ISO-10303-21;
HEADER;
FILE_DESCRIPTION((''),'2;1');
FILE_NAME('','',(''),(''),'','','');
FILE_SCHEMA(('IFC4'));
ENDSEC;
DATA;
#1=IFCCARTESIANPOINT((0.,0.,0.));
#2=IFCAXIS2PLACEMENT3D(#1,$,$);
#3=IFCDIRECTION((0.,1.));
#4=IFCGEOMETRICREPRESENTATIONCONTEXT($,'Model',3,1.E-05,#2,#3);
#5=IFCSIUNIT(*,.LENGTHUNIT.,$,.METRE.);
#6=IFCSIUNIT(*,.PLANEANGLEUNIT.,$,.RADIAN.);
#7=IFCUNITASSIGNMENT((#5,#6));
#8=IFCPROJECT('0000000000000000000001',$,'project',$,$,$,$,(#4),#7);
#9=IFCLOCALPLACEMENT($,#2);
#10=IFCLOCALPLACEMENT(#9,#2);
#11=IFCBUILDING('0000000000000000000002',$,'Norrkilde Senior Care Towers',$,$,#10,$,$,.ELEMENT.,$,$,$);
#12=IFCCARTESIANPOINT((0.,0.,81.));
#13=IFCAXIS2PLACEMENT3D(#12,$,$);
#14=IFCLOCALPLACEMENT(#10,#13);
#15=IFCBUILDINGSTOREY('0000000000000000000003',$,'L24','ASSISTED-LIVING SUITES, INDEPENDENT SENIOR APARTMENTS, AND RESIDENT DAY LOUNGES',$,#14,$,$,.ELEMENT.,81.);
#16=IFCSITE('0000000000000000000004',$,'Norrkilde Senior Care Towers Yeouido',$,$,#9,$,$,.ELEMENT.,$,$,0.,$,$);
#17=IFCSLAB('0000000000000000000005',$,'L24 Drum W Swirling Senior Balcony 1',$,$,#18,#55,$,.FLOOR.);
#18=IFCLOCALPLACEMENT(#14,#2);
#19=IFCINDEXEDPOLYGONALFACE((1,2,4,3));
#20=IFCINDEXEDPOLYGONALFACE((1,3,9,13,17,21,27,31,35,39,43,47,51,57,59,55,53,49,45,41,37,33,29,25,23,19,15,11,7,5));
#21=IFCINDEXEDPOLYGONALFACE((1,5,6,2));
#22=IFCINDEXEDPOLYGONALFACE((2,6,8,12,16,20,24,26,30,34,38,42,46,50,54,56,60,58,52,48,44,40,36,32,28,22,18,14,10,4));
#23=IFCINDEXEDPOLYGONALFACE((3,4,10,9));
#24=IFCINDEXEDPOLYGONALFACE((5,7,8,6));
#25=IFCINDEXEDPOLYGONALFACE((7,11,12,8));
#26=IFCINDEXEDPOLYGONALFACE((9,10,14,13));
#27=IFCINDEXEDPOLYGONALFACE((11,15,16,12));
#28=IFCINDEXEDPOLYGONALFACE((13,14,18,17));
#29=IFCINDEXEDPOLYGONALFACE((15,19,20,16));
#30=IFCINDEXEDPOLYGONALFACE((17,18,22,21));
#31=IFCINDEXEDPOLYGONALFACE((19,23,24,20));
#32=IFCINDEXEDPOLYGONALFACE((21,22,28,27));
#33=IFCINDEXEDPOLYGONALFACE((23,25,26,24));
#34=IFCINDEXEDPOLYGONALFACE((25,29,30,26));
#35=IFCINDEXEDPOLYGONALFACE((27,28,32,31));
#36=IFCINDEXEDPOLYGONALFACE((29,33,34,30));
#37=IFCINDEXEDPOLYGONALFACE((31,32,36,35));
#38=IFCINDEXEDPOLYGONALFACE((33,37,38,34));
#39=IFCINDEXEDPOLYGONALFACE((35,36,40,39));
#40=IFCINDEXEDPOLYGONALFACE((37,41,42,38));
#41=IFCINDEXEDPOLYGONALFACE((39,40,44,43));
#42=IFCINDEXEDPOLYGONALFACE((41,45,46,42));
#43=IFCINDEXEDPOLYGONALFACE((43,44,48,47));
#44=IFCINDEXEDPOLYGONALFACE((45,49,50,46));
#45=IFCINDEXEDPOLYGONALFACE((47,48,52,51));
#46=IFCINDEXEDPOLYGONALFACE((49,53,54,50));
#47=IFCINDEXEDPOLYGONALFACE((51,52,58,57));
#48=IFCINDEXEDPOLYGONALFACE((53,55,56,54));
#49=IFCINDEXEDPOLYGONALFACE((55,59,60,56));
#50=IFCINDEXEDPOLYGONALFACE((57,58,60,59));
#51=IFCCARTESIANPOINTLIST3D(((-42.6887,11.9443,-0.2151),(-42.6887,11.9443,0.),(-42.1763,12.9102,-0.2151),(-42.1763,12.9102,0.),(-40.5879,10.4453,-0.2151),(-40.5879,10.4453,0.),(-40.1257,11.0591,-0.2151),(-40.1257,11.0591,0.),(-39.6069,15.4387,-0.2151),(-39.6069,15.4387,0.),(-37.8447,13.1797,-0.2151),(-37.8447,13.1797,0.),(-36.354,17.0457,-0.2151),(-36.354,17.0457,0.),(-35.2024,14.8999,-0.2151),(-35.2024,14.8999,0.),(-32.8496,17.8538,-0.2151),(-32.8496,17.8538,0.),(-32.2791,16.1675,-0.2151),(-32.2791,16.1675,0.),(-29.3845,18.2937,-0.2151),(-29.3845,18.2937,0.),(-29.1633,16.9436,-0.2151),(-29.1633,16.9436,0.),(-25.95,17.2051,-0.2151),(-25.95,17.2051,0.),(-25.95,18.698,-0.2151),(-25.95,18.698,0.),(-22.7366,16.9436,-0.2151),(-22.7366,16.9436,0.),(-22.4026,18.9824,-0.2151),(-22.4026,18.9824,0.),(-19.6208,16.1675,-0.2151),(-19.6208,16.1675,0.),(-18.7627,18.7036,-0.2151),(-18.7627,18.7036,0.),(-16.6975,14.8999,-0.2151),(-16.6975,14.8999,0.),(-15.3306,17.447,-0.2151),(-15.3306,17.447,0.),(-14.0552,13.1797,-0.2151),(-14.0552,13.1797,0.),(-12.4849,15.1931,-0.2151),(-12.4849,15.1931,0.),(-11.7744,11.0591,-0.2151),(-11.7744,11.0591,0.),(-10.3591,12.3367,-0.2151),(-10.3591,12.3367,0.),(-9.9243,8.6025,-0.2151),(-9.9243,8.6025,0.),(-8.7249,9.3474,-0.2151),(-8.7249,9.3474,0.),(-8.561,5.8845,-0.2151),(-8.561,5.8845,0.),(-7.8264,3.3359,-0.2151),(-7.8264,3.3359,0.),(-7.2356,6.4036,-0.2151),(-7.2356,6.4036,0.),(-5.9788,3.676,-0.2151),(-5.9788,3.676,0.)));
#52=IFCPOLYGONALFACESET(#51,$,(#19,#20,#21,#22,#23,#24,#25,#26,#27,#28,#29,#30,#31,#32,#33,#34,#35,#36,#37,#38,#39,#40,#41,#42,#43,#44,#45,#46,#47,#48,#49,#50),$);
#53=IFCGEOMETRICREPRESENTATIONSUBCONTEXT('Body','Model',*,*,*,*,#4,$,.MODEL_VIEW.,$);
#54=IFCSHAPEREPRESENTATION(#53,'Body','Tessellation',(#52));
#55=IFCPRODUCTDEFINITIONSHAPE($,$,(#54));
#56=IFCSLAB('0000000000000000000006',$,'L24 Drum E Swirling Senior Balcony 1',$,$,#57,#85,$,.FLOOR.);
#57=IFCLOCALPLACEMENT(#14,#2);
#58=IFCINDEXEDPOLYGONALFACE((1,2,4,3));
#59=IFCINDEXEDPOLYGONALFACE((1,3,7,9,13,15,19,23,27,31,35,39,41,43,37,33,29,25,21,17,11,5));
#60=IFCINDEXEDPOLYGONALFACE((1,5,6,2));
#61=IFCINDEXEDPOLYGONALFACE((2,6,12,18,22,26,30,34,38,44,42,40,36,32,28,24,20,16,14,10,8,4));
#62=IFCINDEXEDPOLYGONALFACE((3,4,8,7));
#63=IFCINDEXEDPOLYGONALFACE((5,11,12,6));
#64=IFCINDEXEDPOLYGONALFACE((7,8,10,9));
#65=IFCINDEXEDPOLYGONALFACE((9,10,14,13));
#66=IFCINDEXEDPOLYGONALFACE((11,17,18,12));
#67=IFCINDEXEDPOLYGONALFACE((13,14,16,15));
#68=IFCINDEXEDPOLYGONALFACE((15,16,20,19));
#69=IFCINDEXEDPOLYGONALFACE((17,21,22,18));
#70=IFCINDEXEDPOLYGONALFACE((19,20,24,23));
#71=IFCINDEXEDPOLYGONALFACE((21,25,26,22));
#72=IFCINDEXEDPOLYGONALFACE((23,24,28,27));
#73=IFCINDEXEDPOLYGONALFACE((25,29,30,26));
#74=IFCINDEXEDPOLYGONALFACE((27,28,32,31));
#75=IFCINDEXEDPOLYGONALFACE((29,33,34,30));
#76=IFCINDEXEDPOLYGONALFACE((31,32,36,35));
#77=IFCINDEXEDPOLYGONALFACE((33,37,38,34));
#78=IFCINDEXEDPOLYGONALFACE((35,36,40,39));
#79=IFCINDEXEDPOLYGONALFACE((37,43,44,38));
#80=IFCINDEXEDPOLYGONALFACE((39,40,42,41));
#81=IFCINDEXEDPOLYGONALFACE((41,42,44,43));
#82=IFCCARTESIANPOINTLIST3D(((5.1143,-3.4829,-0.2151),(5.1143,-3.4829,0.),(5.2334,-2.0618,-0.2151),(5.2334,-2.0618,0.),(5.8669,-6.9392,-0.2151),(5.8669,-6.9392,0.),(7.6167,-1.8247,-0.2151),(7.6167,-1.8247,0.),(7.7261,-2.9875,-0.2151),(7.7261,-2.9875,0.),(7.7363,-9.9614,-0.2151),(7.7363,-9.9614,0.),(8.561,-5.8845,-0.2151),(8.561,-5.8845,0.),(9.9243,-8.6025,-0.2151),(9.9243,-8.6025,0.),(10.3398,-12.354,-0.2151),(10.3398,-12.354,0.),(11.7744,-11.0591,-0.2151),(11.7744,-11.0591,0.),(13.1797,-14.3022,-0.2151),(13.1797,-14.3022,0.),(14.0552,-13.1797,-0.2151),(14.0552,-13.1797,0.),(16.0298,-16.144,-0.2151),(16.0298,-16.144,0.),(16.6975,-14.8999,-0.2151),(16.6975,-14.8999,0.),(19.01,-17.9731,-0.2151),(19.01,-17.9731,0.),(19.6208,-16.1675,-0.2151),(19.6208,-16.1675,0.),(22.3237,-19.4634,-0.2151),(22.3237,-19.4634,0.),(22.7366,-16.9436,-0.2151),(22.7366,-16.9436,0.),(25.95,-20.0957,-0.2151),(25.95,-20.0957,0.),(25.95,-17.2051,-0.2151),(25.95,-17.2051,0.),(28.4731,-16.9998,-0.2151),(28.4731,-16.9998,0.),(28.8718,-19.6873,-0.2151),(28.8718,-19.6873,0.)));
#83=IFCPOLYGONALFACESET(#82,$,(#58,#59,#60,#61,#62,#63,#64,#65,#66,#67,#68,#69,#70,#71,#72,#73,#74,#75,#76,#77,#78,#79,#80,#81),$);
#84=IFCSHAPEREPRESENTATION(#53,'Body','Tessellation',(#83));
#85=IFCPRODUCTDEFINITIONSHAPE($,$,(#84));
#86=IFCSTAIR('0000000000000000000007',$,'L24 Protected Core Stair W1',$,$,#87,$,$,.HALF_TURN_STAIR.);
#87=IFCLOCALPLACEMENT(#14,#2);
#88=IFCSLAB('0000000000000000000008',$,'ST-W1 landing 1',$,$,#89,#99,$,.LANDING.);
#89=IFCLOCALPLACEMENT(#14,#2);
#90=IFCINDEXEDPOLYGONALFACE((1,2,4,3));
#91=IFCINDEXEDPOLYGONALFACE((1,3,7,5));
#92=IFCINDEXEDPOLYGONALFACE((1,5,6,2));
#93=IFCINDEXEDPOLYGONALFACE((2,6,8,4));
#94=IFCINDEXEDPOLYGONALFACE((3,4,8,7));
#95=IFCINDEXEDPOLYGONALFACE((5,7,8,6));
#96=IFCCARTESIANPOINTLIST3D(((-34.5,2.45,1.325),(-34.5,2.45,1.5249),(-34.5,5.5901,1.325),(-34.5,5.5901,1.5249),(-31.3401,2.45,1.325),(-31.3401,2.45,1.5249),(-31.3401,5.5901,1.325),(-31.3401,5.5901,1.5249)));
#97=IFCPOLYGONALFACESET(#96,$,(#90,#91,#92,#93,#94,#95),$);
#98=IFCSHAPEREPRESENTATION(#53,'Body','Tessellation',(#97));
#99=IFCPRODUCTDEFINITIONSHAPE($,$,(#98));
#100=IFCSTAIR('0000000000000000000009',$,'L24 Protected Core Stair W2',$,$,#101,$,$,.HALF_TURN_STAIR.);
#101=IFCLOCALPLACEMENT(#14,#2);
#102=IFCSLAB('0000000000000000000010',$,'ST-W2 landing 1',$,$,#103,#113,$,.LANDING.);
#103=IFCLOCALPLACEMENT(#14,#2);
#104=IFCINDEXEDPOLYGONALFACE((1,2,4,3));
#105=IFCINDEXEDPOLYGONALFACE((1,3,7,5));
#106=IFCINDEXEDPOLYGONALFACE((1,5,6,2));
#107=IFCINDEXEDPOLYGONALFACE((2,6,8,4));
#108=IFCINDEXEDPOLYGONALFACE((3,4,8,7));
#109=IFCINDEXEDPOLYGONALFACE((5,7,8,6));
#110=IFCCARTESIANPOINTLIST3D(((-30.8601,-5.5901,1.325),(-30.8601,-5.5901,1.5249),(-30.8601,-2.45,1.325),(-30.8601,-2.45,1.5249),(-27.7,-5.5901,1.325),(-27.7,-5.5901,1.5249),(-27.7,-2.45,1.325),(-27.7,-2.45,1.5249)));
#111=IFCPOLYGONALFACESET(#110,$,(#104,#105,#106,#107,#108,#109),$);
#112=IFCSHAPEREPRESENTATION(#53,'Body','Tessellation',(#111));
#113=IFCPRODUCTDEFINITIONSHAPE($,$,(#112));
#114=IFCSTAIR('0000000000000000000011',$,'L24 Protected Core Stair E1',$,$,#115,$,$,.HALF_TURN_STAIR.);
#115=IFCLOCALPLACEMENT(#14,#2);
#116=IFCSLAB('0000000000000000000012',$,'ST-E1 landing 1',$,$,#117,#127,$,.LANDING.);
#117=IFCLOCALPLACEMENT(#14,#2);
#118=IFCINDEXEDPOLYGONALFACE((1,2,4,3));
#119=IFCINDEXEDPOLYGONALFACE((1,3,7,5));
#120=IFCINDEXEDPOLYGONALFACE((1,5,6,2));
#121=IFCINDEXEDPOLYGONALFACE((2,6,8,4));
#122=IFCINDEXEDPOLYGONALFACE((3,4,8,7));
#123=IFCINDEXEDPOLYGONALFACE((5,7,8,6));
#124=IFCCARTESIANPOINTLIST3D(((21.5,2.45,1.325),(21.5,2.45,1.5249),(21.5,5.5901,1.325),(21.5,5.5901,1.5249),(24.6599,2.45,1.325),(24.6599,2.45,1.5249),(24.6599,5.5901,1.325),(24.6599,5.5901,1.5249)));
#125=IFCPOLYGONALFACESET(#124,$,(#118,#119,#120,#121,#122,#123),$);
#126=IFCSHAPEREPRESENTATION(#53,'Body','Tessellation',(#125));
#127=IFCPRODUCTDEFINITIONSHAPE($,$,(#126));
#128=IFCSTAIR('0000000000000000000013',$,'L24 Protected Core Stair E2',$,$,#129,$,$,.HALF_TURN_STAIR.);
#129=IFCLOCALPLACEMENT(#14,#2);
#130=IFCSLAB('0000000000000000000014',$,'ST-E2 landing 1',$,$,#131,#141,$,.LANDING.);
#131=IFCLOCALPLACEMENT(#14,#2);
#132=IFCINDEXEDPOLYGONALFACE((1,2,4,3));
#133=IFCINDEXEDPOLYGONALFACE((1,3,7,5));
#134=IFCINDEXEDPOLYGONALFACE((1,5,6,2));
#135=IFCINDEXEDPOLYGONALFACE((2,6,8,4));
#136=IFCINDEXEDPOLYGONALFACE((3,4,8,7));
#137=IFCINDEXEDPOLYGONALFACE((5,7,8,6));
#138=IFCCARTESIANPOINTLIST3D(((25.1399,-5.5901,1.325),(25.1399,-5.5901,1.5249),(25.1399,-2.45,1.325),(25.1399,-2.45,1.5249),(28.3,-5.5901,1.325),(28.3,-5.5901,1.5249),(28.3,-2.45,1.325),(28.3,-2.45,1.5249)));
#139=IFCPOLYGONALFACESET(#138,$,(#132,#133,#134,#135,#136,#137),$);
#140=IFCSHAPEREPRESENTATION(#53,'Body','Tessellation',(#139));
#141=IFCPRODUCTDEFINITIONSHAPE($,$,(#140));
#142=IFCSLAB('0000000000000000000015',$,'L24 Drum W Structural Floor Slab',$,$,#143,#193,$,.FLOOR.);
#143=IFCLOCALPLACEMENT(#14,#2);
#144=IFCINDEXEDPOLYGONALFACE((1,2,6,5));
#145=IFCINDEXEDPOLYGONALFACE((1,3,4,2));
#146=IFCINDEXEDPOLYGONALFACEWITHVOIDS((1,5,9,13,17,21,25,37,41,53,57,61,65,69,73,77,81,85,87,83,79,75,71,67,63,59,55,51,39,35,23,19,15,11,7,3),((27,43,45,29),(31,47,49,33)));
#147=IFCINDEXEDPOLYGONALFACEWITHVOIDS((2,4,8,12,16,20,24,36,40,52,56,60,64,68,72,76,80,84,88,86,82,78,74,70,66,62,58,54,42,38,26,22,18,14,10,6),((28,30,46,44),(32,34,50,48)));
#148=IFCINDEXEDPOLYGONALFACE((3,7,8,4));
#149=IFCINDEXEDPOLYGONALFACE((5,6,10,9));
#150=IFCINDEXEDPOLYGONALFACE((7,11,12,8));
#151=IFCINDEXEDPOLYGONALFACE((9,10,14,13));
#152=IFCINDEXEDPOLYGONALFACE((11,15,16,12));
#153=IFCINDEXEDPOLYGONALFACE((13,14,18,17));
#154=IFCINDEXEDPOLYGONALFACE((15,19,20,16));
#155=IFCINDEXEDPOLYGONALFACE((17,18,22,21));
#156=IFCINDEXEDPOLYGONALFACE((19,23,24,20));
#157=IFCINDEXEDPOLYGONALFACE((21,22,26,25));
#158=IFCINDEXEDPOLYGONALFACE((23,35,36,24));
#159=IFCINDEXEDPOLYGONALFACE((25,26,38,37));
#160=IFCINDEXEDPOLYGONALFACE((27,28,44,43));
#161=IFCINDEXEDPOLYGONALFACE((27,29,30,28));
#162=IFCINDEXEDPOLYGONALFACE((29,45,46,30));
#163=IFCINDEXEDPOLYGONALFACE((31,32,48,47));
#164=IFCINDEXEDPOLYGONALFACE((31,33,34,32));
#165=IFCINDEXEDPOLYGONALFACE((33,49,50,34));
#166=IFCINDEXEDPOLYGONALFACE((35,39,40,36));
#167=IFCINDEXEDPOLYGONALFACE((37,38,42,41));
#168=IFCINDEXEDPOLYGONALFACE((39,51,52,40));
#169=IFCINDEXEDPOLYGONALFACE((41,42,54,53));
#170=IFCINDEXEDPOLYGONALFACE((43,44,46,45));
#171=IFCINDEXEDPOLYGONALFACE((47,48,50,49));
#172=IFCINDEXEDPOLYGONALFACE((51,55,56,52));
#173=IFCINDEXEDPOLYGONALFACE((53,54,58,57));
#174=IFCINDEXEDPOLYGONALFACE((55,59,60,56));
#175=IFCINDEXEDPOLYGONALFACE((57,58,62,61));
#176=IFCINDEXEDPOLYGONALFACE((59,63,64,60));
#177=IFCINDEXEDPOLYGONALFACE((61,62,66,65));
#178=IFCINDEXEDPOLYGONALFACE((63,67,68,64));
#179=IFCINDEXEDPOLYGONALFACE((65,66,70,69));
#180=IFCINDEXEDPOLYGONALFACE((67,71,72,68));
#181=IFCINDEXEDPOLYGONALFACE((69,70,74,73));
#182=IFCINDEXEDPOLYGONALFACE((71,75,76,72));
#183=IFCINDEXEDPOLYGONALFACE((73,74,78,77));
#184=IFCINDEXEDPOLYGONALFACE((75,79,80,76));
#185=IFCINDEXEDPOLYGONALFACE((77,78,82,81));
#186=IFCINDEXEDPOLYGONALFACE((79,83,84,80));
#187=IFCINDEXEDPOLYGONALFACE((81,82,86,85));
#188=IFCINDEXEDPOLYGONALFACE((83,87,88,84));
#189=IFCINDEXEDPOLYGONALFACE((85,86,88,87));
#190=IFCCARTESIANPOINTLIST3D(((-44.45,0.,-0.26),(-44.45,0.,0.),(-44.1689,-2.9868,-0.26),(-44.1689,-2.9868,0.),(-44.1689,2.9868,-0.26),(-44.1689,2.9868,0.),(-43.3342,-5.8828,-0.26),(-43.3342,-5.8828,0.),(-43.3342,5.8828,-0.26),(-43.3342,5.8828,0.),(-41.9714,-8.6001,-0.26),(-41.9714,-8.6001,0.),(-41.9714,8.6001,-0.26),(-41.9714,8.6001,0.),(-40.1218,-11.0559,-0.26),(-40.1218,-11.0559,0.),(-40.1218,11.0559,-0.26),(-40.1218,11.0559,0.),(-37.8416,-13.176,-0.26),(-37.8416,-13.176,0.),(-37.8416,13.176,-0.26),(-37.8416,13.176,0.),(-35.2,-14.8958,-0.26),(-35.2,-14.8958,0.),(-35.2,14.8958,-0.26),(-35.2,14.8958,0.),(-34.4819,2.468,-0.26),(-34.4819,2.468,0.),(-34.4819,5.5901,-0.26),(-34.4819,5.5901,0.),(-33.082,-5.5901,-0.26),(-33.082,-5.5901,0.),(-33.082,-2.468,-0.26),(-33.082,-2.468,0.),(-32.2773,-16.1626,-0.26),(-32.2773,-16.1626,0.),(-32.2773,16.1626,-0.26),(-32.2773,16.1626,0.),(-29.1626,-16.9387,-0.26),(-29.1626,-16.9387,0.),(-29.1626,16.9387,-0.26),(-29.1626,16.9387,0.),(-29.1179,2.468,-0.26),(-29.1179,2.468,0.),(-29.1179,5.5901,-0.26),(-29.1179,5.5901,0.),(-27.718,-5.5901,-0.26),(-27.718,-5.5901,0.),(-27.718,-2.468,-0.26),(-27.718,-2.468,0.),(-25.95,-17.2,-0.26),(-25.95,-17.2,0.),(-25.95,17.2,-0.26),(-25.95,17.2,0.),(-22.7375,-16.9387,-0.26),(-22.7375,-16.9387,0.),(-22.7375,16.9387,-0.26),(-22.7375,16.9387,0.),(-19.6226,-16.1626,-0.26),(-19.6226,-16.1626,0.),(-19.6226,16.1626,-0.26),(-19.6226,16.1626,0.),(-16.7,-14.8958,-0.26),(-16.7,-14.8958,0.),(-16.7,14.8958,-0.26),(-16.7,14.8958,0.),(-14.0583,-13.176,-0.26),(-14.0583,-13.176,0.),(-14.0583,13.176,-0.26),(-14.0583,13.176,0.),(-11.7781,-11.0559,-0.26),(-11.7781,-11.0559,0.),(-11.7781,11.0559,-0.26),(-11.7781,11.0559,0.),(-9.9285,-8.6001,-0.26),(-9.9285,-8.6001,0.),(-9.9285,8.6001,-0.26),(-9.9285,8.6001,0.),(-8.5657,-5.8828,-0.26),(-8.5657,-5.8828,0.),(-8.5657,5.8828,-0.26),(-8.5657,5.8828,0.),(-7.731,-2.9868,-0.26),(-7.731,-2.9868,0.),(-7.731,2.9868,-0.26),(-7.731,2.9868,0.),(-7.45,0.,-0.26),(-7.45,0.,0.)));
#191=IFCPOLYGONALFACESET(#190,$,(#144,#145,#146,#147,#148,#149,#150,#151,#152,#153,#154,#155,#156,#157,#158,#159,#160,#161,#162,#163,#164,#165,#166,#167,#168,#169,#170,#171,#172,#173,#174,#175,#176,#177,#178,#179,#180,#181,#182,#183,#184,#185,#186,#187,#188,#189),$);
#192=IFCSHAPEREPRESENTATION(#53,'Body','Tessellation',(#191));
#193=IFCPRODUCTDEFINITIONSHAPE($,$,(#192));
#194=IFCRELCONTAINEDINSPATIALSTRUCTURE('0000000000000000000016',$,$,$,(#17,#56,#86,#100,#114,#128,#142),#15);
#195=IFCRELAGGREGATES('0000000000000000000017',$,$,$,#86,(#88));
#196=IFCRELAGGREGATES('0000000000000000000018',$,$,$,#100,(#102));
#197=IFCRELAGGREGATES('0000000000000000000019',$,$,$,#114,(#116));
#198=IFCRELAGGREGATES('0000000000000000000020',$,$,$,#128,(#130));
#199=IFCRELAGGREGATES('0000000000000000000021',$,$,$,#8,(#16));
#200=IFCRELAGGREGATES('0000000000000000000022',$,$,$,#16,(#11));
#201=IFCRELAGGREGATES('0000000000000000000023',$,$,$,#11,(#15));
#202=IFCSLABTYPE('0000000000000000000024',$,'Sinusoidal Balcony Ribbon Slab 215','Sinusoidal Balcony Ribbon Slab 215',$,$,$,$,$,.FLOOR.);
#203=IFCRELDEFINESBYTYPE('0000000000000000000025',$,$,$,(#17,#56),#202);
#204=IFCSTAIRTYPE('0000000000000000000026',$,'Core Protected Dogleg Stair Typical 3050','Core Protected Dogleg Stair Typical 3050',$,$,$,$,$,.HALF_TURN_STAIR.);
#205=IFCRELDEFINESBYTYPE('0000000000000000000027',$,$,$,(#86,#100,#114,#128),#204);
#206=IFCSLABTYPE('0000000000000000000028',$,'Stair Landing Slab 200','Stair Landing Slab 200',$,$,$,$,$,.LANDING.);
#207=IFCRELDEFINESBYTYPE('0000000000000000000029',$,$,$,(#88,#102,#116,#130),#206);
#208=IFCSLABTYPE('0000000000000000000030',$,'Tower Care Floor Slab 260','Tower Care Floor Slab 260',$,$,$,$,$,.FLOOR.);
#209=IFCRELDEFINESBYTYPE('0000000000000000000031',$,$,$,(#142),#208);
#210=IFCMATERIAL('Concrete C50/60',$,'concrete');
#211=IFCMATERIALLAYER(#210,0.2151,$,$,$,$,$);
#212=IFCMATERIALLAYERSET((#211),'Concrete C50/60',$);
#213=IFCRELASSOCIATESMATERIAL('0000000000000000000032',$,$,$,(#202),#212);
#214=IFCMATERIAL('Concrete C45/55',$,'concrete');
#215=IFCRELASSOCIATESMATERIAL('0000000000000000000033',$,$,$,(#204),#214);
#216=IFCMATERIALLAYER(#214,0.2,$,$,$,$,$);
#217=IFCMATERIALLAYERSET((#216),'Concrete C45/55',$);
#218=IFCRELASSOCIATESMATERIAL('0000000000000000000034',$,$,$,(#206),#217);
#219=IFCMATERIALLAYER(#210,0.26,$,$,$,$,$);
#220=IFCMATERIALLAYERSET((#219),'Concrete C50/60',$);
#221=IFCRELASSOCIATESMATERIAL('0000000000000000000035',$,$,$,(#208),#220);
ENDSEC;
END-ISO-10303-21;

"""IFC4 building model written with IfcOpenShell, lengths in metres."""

from ifc_helpers import new_model, si_unit, direction, frame, origin, place, context, subcontext, project, spatial, polyline, outline, extrude, material, layer, layer_set, type_object, element, aggregate, save


model = new_model("IFC4")

# Units and contexts
model_context = context("Model", 3, precision=1e-05, world=origin(), true_north=direction((0.0, 1.0)))
body_context = subcontext(model_context, "Body", "Model", "MODEL_VIEW")
ifc_project = project(units=[si_unit("LENGTHUNIT", "METRE"), si_unit("PLANEANGLEUNIT", "RADIAN")], contexts=[model_context])

# Site, building, storey
site_placement = place(None, origin())
site = spatial("IfcSite", under=ifc_project, at=site_placement, Name="Norrkilde Senior Care Towers Yeouido", CompositionType="ELEMENT", RefElevation=0.0)
building_placement = place(site_placement, origin())
building = spatial("IfcBuilding", under=site, at=building_placement, Name="Norrkilde Senior Care Towers", CompositionType="ELEMENT")
storey_placement = place(building_placement, frame((0.0, 0.0, 81.0)))
storey = spatial("IfcBuildingStorey", under=building, at=storey_placement, Name="L24", Description="ASSISTED-LIVING SUITES, INDEPENDENT SENIOR APARTMENTS, AND RESIDENT DAY LOUNGES", CompositionType="ELEMENT", Elevation=81.0)

# Slabs
ifc_material_1 = material(Name="Concrete C50/60", Category="concrete")
ifc_layer_1 = layer(ifc_material_1, 0.2151)
ifc_layer_set_1 = layer_set([ifc_layer_1], Name="Concrete C50/60")
slab_type_1 = type_object("IfcSlabType", Name="Sinusoidal Balcony Ribbon Slab 215", Description="Sinusoidal Balcony Ribbon Slab 215", PredefinedType="FLOOR", material=ifc_layer_set_1)
slab_1_placement = place(storey_placement, frame((0.0, 0.0, -0.2151)))
element("IfcSlab", 1, at=slab_1_placement, inside=storey, type_object=slab_type_1, Name="L24 Drum W Swirling Senior Balcony 1", PredefinedType="FLOOR", context=body_context, shape_type="SweptSolid", body=[
    extrude(outline(polyline([(-39.6069, 15.4387), (-36.354, 17.0457), (-32.8496, 17.8538), (-29.3845, 18.2937), (-25.95, 18.698), (-22.4026, 18.9824), (-18.7627, 18.7036), (-15.3306, 17.447), (-12.4849, 15.1931), (-10.3591, 12.3367), (-8.7249, 9.3474), (-7.2356, 6.4036), (-5.9788, 3.676), (-7.8264, 3.3359), (-8.561, 5.8845), (-9.9243, 8.6025), (-11.7744, 11.0591), (-14.0552, 13.1797), (-16.6975, 14.8999), (-19.6208, 16.1675), (-22.7366, 16.9436), (-25.95, 17.2051), (-29.1633, 16.9436), (-32.2791, 16.1675), (-35.2024, 14.8999), (-37.8447, 13.1797), (-40.1257, 11.0591), (-40.5879, 10.4453), (-42.6887, 11.9443), (-42.1763, 12.9102), (-39.6069, 15.4387)])), origin(), (0.0, 0.0, 1.0), 0.2151),
])
slab_2_placement = place(storey_placement, frame((0.0, 0.0, -0.2151)))
element("IfcSlab", 2, at=slab_2_placement, inside=storey, type_object=slab_type_1, Name="L24 Drum E Swirling Senior Balcony 1", PredefinedType="FLOOR", context=body_context, shape_type="SweptSolid", body=[
    extrude(outline(polyline([(22.3237, -19.4634), (19.01, -17.9731), (16.0298, -16.144), (13.1797, -14.3022), (10.3398, -12.354), (7.7363, -9.9614), (5.8669, -6.9392), (5.1143, -3.4829), (5.2334, -2.0618), (7.6167, -1.8247), (7.7261, -2.9875), (8.561, -5.8845), (9.9243, -8.6025), (11.7744, -11.0591), (14.0552, -13.1797), (16.6975, -14.8999), (19.6208, -16.1675), (22.7366, -16.9436), (25.95, -17.2051), (28.4731, -16.9998), (28.8718, -19.6873), (25.95, -20.0957), (22.3237, -19.4634)])), origin(), (0.0, 0.0, 1.0), 0.2151),
])

# Stairs, slabs
ifc_material_2 = material(Name="Concrete C45/55", Category="concrete")
stair_type = type_object("IfcStairType", Name="Core Protected Dogleg Stair Typical 3050", Description="Core Protected Dogleg Stair Typical 3050", PredefinedType="HALF_TURN_STAIR", material=ifc_material_2)
stair_1_placement = place(storey_placement, origin())
stair_1 = element("IfcStair", 3, at=stair_1_placement, inside=storey, type_object=stair_type, Name="L24 Protected Core Stair W1", PredefinedType="HALF_TURN_STAIR")
ifc_layer_2 = layer(ifc_material_2, 0.2)
ifc_layer_set_2 = layer_set([ifc_layer_2], Name="Concrete C45/55")
slab_type_2 = type_object("IfcSlabType", Name="Stair Landing Slab 200", Description="Stair Landing Slab 200", PredefinedType="LANDING", material=ifc_layer_set_2)
slab_3_placement = place(storey_placement, frame((0.0, 0.0, 1.325)))
slab_3 = element("IfcSlab", 4, at=slab_3_placement, type_object=slab_type_2, Name="ST-W1 landing 1", PredefinedType="LANDING", context=body_context, shape_type="SweptSolid", body=[
    extrude(outline(polyline([(-31.3401, 5.5901), (-34.5, 5.5901), (-34.5, 2.45), (-31.3401, 2.45), (-31.3401, 5.5901)])), origin(), (0.0, 0.0, 1.0), 0.2),
])
aggregate(stair_1, [slab_3])
stair_2_placement = place(storey_placement, origin())
stair_2 = element("IfcStair", 5, at=stair_2_placement, inside=storey, type_object=stair_type, Name="L24 Protected Core Stair W2", PredefinedType="HALF_TURN_STAIR")
slab_4_placement = place(storey_placement, frame((0.0, 0.0, 1.325)))
slab_4 = element("IfcSlab", 6, at=slab_4_placement, type_object=slab_type_2, Name="ST-W2 landing 1", PredefinedType="LANDING", context=body_context, shape_type="SweptSolid", body=[
    extrude(outline(polyline([(-30.8601, -5.5901), (-27.7, -5.5901), (-27.7, -2.45), (-30.8601, -2.45), (-30.8601, -5.5901)])), origin(), (0.0, 0.0, 1.0), 0.2),
])
aggregate(stair_2, [slab_4])
stair_3_placement = place(storey_placement, origin())
stair_3 = element("IfcStair", 7, at=stair_3_placement, inside=storey, type_object=stair_type, Name="L24 Protected Core Stair E1", PredefinedType="HALF_TURN_STAIR")
slab_5_placement = place(storey_placement, frame((0.0, 0.0, 1.325)))
slab_5 = element("IfcSlab", 8, at=slab_5_placement, type_object=slab_type_2, Name="ST-E1 landing 1", PredefinedType="LANDING", context=body_context, shape_type="SweptSolid", body=[
    extrude(outline(polyline([(24.6599, 5.5901), (21.5, 5.5901), (21.5, 2.45), (24.6599, 2.45), (24.6599, 5.5901)])), origin(), (0.0, 0.0, 1.0), 0.2),
])
aggregate(stair_3, [slab_5])
stair_4_placement = place(storey_placement, origin())
stair_4 = element("IfcStair", 9, at=stair_4_placement, inside=storey, type_object=stair_type, Name="L24 Protected Core Stair E2", PredefinedType="HALF_TURN_STAIR")
slab_6_placement = place(storey_placement, frame((0.0, 0.0, 1.325)))
slab_6 = element("IfcSlab", 10, at=slab_6_placement, type_object=slab_type_2, Name="ST-E2 landing 1", PredefinedType="LANDING", context=body_context, shape_type="SweptSolid", body=[
    extrude(outline(polyline([(25.1399, -5.5901), (28.3, -5.5901), (28.3, -2.45), (25.1399, -2.45), (25.1399, -5.5901)])), origin(), (0.0, 0.0, 1.0), 0.2),
])
aggregate(stair_4, [slab_6])

# Slab
ifc_layer_3 = layer(ifc_material_1, 0.26)
ifc_layer_set_3 = layer_set([ifc_layer_3], Name="Concrete C50/60")
slab_type_3 = type_object("IfcSlabType", Name="Tower Care Floor Slab 260", Description="Tower Care Floor Slab 260", PredefinedType="FLOOR", material=ifc_layer_set_3)
slab_7_placement = place(storey_placement, frame((0.0, 0.0, -0.26)))
element("IfcSlab", 11, at=slab_7_placement, inside=storey, type_object=slab_type_3, Name="L24 Drum W Structural Floor Slab", PredefinedType="FLOOR", context=body_context, shape_type="SweptSolid", body=[
    extrude(outline(polyline([(-8.5657, -5.8828), (-9.9285, -8.6001), (-11.7781, -11.0559), (-14.0583, -13.176), (-16.7, -14.8958), (-19.6226, -16.1626), (-22.7375, -16.9387), (-25.95, -17.2), (-29.1626, -16.9387), (-32.2773, -16.1626), (-35.2, -14.8958), (-37.8416, -13.176), (-40.1218, -11.0559), (-41.9714, -8.6001), (-43.3342, -5.8828), (-44.1689, -2.9868), (-44.45, 0.0), (-44.1689, 2.9868), (-43.3342, 5.8828), (-41.9714, 8.6001), (-40.1218, 11.0559), (-37.8416, 13.176), (-35.2, 14.8958), (-32.2773, 16.1626), (-29.1626, 16.9387), (-25.95, 17.2), (-22.7375, 16.9387), (-19.6226, 16.1626), (-16.7, 14.8958), (-14.0583, 13.176), (-11.7781, 11.0559), (-9.9285, 8.6001), (-8.5657, 5.8828), (-7.731, 2.9868), (-7.45, 0.0), (-7.731, -2.9868), (-8.5657, -5.8828)]), holes=[polyline([(-34.4819, 2.468), (-29.1179, 2.468), (-29.1179, 5.5901), (-34.4819, 5.5901), (-34.4819, 2.468)]), polyline([(-27.718, -5.5901), (-27.718, -2.468), (-33.082, -2.468), (-33.082, -5.5901), (-27.718, -5.5901)])]), origin(), (0.0, 0.0, 1.0), 0.26),
])

save(model, "model.ifc")
